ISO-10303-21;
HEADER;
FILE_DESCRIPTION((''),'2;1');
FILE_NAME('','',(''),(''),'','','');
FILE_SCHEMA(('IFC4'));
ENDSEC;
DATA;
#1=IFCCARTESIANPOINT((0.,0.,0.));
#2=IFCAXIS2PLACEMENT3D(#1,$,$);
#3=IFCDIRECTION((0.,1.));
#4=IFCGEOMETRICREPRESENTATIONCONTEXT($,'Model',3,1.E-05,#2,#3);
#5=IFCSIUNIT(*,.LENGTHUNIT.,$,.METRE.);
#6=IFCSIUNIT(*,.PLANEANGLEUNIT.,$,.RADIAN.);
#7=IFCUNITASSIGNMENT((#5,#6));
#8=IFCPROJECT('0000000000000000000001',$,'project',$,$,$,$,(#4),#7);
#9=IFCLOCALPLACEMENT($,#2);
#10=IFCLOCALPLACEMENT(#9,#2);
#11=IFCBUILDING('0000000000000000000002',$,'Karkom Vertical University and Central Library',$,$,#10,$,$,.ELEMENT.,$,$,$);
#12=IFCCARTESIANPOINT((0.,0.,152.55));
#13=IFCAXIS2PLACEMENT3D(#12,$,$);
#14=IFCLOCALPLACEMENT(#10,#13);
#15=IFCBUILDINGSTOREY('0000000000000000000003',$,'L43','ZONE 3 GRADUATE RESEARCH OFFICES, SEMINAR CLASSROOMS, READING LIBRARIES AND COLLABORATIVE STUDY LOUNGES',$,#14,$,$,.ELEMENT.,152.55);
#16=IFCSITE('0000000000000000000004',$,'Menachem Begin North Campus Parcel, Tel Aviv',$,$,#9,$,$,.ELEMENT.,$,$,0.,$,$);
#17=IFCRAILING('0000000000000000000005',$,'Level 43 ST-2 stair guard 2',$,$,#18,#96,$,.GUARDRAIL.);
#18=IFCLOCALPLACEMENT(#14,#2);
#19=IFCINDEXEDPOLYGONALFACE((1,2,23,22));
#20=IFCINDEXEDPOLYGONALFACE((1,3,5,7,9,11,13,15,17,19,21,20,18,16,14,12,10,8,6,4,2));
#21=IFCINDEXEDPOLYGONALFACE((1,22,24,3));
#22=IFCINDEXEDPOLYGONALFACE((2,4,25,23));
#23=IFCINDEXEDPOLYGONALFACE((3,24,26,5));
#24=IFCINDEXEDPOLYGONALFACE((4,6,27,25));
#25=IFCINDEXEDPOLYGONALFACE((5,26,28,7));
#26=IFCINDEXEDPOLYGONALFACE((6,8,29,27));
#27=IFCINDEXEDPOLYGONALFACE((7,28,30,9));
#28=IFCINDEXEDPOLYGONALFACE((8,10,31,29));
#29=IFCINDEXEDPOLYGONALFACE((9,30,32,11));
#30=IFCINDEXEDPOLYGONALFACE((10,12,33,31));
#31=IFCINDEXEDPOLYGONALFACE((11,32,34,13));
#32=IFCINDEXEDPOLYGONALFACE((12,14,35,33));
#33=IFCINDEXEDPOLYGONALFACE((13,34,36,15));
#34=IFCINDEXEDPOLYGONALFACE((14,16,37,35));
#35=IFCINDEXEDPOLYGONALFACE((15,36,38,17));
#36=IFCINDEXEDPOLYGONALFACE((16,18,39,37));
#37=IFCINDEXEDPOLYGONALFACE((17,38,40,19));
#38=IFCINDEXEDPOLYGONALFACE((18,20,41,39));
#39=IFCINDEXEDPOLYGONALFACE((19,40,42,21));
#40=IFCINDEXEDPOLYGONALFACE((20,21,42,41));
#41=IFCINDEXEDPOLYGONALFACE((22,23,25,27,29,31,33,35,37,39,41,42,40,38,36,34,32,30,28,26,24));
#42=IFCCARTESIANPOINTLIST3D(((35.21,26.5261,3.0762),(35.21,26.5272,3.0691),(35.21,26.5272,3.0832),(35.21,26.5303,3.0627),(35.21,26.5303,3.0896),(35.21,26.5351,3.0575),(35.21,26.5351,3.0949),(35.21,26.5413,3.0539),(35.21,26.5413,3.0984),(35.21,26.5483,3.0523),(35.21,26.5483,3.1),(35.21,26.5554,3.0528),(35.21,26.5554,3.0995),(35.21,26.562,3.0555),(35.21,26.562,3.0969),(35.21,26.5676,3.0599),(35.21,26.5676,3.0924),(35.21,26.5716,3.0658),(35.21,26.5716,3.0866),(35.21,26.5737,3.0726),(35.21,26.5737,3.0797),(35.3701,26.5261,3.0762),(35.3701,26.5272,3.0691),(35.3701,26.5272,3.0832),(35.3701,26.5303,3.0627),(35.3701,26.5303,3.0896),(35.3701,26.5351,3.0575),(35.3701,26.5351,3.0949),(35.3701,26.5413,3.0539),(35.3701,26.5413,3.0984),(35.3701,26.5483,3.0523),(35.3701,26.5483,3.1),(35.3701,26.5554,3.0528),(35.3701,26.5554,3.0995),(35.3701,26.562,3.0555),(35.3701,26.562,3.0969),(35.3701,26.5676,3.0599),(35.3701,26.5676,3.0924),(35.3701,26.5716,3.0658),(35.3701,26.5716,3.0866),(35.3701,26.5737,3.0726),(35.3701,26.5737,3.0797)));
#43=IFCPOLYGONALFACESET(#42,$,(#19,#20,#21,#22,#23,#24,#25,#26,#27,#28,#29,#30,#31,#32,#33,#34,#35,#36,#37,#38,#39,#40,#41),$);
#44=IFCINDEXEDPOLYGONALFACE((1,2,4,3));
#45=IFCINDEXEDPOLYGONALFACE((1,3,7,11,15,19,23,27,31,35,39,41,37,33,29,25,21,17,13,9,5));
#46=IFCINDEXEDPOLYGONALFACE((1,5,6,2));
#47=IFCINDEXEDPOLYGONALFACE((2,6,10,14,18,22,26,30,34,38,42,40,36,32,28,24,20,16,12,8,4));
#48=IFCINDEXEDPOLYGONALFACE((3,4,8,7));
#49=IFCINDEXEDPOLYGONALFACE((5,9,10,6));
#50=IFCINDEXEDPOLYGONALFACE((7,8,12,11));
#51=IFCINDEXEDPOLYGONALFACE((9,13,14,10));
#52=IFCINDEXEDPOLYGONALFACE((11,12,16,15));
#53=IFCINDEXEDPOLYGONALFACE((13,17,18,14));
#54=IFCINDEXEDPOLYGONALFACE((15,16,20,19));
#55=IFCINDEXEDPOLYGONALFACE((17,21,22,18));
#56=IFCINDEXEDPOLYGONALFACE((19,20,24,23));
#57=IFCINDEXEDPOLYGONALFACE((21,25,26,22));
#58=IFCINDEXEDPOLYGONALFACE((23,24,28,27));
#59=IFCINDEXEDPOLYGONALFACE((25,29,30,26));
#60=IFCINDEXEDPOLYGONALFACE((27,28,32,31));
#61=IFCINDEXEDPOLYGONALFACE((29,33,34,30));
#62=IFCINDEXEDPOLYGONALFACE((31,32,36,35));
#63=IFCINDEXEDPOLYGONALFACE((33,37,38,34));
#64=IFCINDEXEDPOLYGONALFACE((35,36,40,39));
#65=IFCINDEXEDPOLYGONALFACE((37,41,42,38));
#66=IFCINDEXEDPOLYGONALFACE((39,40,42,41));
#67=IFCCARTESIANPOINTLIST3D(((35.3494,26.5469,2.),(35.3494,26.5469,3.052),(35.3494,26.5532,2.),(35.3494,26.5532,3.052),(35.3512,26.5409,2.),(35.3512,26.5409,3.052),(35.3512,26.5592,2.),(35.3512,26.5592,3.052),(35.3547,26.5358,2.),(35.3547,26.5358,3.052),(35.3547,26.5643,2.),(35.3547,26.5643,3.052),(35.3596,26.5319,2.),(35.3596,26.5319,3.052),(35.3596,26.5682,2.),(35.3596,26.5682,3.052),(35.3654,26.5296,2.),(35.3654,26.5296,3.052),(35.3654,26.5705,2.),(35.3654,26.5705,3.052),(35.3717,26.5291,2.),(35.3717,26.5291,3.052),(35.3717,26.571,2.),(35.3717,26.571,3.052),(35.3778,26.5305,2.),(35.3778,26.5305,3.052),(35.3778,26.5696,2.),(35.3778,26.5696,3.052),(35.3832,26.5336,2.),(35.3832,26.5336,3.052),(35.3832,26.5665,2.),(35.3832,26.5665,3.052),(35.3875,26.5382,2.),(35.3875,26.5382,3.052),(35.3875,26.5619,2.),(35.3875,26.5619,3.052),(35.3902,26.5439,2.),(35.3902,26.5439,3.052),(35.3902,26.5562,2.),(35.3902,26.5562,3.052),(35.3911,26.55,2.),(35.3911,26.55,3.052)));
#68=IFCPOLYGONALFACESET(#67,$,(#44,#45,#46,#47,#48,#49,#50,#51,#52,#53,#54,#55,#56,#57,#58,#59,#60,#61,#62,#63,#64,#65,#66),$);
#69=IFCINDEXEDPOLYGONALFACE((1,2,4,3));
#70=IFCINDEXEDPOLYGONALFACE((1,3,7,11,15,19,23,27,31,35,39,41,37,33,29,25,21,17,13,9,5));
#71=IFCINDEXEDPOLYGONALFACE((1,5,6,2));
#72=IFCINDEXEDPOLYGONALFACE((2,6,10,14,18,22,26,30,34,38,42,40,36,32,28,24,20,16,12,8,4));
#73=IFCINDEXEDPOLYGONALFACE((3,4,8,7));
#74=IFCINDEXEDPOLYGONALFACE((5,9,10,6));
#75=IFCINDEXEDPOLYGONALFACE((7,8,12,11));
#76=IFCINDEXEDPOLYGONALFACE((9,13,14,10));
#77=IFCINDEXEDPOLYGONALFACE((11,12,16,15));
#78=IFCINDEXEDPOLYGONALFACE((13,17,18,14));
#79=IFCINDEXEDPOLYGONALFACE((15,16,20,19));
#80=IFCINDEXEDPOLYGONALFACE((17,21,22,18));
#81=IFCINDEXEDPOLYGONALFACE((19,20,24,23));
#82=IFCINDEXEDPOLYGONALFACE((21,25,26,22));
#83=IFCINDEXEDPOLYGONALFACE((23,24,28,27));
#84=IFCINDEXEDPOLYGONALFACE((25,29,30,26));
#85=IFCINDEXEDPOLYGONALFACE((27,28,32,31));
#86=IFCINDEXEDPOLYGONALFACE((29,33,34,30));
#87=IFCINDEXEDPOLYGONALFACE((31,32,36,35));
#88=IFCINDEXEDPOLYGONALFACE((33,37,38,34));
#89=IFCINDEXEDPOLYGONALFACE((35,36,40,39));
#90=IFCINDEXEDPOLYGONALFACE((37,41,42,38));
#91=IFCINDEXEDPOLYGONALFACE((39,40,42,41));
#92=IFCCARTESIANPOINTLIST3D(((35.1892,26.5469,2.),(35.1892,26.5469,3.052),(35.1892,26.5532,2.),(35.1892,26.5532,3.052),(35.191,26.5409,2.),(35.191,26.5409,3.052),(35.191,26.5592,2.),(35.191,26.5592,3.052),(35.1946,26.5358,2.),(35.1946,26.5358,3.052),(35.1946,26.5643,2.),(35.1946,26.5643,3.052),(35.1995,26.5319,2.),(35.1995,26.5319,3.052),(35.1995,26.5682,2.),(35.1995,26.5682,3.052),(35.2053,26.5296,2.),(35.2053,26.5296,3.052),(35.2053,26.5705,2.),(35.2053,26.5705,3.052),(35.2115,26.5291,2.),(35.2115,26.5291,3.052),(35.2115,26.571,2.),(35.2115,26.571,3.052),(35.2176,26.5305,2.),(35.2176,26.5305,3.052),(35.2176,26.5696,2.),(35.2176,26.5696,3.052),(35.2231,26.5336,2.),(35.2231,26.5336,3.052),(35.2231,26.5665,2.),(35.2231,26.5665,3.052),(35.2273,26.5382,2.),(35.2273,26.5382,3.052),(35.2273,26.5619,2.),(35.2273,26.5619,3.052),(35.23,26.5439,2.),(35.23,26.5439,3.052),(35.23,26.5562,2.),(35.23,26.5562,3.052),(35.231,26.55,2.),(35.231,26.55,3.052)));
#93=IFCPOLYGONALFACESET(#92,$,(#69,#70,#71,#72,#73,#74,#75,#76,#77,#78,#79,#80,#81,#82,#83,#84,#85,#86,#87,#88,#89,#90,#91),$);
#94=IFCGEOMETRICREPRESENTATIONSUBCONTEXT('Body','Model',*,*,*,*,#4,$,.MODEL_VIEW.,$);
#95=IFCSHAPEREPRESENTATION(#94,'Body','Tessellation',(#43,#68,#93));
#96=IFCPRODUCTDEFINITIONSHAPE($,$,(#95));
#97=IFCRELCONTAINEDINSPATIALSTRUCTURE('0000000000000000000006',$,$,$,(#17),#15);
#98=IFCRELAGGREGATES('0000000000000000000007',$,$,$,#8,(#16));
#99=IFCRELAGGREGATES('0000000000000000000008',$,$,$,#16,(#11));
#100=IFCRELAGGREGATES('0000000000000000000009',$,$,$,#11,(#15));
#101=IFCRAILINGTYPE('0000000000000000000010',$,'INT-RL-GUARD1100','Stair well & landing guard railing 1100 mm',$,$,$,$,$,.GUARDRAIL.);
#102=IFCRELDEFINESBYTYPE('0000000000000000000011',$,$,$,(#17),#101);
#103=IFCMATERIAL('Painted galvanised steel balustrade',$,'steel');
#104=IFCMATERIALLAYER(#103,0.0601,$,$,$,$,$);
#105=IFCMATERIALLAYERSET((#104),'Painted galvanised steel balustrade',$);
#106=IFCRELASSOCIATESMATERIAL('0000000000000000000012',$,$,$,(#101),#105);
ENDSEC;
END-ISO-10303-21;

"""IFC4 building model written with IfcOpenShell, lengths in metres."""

from ifc_helpers import new_model, si_unit, direction, frame, origin, origin_2d, place, context, subcontext, project, spatial, circle, extrude, material, layer, layer_set, type_object, element, save


model = new_model("IFC4")

# Units and contexts
model_context = context("Model", 3, precision=1e-05, world=origin(), true_north=direction((0.0, 1.0)))
body_context = subcontext(model_context, "Body", "Model", "MODEL_VIEW")
ifc_project = project(units=[si_unit("LENGTHUNIT", "METRE"), si_unit("PLANEANGLEUNIT", "RADIAN")], contexts=[model_context])

# Site, building, storey
site_placement = place(None, origin())
site = spatial("IfcSite", under=ifc_project, at=site_placement, Name="Menachem Begin North Campus Parcel, Tel Aviv", CompositionType="ELEMENT", RefElevation=0.0)
building_placement = place(site_placement, origin())
building = spatial("IfcBuilding", under=site, at=building_placement, Name="Karkom Vertical University and Central Library", CompositionType="ELEMENT")
storey_placement = place(building_placement, frame((0.0, 0.0, 152.55)))
storey = spatial("IfcBuildingStorey", under=building, at=storey_placement, Name="L43", Description="ZONE 3 GRADUATE RESEARCH OFFICES, SEMINAR CLASSROOMS, READING LIBRARIES AND COLLABORATIVE STUDY LOUNGES", CompositionType="ELEMENT", Elevation=152.55)

# Railing
ifc_material_1 = material(Name="Painted galvanised steel balustrade", Category="steel")
ifc_layer_1 = layer(ifc_material_1, 0.0601)
ifc_layer_set_1 = layer_set([ifc_layer_1], Name="Painted galvanised steel balustrade")
railing_type_1 = type_object("IfcRailingType", Name="INT-RL-GUARD1100", Description="Stair well & landing guard railing 1100 mm", PredefinedType="GUARDRAIL", material=ifc_layer_set_1)
railing_1_placement = place(storey_placement, frame((35.3701, 26.55, 2.0)))
element("IfcRailing", 1, at=railing_1_placement, inside=storey, type_object=railing_type_1, Name="Level 43 ST-2 stair guard 2", PredefinedType="GUARDRAIL", context=body_context, shape_type="SweptSolid", body=[
    extrude(circle(Radius=0.0239, at=origin_2d()), frame((0.0, 0.0, 1.0762), z_axis=(-1.0, 0.0, 0.0), x_axis=(0.0, -1.0, 0.0)), (0.0, 0.0, 1.0), 0.1602),
    extrude(circle(Radius=0.021, at=origin_2d()), origin(), (0.0, 0.0, 1.0), 1.052),
    extrude(circle(Radius=0.021, at=origin_2d()), frame((-0.1602, 0.0, 0.0)), (0.0, 0.0, 1.0), 1.052),
])

save(model, "model.ifc")
